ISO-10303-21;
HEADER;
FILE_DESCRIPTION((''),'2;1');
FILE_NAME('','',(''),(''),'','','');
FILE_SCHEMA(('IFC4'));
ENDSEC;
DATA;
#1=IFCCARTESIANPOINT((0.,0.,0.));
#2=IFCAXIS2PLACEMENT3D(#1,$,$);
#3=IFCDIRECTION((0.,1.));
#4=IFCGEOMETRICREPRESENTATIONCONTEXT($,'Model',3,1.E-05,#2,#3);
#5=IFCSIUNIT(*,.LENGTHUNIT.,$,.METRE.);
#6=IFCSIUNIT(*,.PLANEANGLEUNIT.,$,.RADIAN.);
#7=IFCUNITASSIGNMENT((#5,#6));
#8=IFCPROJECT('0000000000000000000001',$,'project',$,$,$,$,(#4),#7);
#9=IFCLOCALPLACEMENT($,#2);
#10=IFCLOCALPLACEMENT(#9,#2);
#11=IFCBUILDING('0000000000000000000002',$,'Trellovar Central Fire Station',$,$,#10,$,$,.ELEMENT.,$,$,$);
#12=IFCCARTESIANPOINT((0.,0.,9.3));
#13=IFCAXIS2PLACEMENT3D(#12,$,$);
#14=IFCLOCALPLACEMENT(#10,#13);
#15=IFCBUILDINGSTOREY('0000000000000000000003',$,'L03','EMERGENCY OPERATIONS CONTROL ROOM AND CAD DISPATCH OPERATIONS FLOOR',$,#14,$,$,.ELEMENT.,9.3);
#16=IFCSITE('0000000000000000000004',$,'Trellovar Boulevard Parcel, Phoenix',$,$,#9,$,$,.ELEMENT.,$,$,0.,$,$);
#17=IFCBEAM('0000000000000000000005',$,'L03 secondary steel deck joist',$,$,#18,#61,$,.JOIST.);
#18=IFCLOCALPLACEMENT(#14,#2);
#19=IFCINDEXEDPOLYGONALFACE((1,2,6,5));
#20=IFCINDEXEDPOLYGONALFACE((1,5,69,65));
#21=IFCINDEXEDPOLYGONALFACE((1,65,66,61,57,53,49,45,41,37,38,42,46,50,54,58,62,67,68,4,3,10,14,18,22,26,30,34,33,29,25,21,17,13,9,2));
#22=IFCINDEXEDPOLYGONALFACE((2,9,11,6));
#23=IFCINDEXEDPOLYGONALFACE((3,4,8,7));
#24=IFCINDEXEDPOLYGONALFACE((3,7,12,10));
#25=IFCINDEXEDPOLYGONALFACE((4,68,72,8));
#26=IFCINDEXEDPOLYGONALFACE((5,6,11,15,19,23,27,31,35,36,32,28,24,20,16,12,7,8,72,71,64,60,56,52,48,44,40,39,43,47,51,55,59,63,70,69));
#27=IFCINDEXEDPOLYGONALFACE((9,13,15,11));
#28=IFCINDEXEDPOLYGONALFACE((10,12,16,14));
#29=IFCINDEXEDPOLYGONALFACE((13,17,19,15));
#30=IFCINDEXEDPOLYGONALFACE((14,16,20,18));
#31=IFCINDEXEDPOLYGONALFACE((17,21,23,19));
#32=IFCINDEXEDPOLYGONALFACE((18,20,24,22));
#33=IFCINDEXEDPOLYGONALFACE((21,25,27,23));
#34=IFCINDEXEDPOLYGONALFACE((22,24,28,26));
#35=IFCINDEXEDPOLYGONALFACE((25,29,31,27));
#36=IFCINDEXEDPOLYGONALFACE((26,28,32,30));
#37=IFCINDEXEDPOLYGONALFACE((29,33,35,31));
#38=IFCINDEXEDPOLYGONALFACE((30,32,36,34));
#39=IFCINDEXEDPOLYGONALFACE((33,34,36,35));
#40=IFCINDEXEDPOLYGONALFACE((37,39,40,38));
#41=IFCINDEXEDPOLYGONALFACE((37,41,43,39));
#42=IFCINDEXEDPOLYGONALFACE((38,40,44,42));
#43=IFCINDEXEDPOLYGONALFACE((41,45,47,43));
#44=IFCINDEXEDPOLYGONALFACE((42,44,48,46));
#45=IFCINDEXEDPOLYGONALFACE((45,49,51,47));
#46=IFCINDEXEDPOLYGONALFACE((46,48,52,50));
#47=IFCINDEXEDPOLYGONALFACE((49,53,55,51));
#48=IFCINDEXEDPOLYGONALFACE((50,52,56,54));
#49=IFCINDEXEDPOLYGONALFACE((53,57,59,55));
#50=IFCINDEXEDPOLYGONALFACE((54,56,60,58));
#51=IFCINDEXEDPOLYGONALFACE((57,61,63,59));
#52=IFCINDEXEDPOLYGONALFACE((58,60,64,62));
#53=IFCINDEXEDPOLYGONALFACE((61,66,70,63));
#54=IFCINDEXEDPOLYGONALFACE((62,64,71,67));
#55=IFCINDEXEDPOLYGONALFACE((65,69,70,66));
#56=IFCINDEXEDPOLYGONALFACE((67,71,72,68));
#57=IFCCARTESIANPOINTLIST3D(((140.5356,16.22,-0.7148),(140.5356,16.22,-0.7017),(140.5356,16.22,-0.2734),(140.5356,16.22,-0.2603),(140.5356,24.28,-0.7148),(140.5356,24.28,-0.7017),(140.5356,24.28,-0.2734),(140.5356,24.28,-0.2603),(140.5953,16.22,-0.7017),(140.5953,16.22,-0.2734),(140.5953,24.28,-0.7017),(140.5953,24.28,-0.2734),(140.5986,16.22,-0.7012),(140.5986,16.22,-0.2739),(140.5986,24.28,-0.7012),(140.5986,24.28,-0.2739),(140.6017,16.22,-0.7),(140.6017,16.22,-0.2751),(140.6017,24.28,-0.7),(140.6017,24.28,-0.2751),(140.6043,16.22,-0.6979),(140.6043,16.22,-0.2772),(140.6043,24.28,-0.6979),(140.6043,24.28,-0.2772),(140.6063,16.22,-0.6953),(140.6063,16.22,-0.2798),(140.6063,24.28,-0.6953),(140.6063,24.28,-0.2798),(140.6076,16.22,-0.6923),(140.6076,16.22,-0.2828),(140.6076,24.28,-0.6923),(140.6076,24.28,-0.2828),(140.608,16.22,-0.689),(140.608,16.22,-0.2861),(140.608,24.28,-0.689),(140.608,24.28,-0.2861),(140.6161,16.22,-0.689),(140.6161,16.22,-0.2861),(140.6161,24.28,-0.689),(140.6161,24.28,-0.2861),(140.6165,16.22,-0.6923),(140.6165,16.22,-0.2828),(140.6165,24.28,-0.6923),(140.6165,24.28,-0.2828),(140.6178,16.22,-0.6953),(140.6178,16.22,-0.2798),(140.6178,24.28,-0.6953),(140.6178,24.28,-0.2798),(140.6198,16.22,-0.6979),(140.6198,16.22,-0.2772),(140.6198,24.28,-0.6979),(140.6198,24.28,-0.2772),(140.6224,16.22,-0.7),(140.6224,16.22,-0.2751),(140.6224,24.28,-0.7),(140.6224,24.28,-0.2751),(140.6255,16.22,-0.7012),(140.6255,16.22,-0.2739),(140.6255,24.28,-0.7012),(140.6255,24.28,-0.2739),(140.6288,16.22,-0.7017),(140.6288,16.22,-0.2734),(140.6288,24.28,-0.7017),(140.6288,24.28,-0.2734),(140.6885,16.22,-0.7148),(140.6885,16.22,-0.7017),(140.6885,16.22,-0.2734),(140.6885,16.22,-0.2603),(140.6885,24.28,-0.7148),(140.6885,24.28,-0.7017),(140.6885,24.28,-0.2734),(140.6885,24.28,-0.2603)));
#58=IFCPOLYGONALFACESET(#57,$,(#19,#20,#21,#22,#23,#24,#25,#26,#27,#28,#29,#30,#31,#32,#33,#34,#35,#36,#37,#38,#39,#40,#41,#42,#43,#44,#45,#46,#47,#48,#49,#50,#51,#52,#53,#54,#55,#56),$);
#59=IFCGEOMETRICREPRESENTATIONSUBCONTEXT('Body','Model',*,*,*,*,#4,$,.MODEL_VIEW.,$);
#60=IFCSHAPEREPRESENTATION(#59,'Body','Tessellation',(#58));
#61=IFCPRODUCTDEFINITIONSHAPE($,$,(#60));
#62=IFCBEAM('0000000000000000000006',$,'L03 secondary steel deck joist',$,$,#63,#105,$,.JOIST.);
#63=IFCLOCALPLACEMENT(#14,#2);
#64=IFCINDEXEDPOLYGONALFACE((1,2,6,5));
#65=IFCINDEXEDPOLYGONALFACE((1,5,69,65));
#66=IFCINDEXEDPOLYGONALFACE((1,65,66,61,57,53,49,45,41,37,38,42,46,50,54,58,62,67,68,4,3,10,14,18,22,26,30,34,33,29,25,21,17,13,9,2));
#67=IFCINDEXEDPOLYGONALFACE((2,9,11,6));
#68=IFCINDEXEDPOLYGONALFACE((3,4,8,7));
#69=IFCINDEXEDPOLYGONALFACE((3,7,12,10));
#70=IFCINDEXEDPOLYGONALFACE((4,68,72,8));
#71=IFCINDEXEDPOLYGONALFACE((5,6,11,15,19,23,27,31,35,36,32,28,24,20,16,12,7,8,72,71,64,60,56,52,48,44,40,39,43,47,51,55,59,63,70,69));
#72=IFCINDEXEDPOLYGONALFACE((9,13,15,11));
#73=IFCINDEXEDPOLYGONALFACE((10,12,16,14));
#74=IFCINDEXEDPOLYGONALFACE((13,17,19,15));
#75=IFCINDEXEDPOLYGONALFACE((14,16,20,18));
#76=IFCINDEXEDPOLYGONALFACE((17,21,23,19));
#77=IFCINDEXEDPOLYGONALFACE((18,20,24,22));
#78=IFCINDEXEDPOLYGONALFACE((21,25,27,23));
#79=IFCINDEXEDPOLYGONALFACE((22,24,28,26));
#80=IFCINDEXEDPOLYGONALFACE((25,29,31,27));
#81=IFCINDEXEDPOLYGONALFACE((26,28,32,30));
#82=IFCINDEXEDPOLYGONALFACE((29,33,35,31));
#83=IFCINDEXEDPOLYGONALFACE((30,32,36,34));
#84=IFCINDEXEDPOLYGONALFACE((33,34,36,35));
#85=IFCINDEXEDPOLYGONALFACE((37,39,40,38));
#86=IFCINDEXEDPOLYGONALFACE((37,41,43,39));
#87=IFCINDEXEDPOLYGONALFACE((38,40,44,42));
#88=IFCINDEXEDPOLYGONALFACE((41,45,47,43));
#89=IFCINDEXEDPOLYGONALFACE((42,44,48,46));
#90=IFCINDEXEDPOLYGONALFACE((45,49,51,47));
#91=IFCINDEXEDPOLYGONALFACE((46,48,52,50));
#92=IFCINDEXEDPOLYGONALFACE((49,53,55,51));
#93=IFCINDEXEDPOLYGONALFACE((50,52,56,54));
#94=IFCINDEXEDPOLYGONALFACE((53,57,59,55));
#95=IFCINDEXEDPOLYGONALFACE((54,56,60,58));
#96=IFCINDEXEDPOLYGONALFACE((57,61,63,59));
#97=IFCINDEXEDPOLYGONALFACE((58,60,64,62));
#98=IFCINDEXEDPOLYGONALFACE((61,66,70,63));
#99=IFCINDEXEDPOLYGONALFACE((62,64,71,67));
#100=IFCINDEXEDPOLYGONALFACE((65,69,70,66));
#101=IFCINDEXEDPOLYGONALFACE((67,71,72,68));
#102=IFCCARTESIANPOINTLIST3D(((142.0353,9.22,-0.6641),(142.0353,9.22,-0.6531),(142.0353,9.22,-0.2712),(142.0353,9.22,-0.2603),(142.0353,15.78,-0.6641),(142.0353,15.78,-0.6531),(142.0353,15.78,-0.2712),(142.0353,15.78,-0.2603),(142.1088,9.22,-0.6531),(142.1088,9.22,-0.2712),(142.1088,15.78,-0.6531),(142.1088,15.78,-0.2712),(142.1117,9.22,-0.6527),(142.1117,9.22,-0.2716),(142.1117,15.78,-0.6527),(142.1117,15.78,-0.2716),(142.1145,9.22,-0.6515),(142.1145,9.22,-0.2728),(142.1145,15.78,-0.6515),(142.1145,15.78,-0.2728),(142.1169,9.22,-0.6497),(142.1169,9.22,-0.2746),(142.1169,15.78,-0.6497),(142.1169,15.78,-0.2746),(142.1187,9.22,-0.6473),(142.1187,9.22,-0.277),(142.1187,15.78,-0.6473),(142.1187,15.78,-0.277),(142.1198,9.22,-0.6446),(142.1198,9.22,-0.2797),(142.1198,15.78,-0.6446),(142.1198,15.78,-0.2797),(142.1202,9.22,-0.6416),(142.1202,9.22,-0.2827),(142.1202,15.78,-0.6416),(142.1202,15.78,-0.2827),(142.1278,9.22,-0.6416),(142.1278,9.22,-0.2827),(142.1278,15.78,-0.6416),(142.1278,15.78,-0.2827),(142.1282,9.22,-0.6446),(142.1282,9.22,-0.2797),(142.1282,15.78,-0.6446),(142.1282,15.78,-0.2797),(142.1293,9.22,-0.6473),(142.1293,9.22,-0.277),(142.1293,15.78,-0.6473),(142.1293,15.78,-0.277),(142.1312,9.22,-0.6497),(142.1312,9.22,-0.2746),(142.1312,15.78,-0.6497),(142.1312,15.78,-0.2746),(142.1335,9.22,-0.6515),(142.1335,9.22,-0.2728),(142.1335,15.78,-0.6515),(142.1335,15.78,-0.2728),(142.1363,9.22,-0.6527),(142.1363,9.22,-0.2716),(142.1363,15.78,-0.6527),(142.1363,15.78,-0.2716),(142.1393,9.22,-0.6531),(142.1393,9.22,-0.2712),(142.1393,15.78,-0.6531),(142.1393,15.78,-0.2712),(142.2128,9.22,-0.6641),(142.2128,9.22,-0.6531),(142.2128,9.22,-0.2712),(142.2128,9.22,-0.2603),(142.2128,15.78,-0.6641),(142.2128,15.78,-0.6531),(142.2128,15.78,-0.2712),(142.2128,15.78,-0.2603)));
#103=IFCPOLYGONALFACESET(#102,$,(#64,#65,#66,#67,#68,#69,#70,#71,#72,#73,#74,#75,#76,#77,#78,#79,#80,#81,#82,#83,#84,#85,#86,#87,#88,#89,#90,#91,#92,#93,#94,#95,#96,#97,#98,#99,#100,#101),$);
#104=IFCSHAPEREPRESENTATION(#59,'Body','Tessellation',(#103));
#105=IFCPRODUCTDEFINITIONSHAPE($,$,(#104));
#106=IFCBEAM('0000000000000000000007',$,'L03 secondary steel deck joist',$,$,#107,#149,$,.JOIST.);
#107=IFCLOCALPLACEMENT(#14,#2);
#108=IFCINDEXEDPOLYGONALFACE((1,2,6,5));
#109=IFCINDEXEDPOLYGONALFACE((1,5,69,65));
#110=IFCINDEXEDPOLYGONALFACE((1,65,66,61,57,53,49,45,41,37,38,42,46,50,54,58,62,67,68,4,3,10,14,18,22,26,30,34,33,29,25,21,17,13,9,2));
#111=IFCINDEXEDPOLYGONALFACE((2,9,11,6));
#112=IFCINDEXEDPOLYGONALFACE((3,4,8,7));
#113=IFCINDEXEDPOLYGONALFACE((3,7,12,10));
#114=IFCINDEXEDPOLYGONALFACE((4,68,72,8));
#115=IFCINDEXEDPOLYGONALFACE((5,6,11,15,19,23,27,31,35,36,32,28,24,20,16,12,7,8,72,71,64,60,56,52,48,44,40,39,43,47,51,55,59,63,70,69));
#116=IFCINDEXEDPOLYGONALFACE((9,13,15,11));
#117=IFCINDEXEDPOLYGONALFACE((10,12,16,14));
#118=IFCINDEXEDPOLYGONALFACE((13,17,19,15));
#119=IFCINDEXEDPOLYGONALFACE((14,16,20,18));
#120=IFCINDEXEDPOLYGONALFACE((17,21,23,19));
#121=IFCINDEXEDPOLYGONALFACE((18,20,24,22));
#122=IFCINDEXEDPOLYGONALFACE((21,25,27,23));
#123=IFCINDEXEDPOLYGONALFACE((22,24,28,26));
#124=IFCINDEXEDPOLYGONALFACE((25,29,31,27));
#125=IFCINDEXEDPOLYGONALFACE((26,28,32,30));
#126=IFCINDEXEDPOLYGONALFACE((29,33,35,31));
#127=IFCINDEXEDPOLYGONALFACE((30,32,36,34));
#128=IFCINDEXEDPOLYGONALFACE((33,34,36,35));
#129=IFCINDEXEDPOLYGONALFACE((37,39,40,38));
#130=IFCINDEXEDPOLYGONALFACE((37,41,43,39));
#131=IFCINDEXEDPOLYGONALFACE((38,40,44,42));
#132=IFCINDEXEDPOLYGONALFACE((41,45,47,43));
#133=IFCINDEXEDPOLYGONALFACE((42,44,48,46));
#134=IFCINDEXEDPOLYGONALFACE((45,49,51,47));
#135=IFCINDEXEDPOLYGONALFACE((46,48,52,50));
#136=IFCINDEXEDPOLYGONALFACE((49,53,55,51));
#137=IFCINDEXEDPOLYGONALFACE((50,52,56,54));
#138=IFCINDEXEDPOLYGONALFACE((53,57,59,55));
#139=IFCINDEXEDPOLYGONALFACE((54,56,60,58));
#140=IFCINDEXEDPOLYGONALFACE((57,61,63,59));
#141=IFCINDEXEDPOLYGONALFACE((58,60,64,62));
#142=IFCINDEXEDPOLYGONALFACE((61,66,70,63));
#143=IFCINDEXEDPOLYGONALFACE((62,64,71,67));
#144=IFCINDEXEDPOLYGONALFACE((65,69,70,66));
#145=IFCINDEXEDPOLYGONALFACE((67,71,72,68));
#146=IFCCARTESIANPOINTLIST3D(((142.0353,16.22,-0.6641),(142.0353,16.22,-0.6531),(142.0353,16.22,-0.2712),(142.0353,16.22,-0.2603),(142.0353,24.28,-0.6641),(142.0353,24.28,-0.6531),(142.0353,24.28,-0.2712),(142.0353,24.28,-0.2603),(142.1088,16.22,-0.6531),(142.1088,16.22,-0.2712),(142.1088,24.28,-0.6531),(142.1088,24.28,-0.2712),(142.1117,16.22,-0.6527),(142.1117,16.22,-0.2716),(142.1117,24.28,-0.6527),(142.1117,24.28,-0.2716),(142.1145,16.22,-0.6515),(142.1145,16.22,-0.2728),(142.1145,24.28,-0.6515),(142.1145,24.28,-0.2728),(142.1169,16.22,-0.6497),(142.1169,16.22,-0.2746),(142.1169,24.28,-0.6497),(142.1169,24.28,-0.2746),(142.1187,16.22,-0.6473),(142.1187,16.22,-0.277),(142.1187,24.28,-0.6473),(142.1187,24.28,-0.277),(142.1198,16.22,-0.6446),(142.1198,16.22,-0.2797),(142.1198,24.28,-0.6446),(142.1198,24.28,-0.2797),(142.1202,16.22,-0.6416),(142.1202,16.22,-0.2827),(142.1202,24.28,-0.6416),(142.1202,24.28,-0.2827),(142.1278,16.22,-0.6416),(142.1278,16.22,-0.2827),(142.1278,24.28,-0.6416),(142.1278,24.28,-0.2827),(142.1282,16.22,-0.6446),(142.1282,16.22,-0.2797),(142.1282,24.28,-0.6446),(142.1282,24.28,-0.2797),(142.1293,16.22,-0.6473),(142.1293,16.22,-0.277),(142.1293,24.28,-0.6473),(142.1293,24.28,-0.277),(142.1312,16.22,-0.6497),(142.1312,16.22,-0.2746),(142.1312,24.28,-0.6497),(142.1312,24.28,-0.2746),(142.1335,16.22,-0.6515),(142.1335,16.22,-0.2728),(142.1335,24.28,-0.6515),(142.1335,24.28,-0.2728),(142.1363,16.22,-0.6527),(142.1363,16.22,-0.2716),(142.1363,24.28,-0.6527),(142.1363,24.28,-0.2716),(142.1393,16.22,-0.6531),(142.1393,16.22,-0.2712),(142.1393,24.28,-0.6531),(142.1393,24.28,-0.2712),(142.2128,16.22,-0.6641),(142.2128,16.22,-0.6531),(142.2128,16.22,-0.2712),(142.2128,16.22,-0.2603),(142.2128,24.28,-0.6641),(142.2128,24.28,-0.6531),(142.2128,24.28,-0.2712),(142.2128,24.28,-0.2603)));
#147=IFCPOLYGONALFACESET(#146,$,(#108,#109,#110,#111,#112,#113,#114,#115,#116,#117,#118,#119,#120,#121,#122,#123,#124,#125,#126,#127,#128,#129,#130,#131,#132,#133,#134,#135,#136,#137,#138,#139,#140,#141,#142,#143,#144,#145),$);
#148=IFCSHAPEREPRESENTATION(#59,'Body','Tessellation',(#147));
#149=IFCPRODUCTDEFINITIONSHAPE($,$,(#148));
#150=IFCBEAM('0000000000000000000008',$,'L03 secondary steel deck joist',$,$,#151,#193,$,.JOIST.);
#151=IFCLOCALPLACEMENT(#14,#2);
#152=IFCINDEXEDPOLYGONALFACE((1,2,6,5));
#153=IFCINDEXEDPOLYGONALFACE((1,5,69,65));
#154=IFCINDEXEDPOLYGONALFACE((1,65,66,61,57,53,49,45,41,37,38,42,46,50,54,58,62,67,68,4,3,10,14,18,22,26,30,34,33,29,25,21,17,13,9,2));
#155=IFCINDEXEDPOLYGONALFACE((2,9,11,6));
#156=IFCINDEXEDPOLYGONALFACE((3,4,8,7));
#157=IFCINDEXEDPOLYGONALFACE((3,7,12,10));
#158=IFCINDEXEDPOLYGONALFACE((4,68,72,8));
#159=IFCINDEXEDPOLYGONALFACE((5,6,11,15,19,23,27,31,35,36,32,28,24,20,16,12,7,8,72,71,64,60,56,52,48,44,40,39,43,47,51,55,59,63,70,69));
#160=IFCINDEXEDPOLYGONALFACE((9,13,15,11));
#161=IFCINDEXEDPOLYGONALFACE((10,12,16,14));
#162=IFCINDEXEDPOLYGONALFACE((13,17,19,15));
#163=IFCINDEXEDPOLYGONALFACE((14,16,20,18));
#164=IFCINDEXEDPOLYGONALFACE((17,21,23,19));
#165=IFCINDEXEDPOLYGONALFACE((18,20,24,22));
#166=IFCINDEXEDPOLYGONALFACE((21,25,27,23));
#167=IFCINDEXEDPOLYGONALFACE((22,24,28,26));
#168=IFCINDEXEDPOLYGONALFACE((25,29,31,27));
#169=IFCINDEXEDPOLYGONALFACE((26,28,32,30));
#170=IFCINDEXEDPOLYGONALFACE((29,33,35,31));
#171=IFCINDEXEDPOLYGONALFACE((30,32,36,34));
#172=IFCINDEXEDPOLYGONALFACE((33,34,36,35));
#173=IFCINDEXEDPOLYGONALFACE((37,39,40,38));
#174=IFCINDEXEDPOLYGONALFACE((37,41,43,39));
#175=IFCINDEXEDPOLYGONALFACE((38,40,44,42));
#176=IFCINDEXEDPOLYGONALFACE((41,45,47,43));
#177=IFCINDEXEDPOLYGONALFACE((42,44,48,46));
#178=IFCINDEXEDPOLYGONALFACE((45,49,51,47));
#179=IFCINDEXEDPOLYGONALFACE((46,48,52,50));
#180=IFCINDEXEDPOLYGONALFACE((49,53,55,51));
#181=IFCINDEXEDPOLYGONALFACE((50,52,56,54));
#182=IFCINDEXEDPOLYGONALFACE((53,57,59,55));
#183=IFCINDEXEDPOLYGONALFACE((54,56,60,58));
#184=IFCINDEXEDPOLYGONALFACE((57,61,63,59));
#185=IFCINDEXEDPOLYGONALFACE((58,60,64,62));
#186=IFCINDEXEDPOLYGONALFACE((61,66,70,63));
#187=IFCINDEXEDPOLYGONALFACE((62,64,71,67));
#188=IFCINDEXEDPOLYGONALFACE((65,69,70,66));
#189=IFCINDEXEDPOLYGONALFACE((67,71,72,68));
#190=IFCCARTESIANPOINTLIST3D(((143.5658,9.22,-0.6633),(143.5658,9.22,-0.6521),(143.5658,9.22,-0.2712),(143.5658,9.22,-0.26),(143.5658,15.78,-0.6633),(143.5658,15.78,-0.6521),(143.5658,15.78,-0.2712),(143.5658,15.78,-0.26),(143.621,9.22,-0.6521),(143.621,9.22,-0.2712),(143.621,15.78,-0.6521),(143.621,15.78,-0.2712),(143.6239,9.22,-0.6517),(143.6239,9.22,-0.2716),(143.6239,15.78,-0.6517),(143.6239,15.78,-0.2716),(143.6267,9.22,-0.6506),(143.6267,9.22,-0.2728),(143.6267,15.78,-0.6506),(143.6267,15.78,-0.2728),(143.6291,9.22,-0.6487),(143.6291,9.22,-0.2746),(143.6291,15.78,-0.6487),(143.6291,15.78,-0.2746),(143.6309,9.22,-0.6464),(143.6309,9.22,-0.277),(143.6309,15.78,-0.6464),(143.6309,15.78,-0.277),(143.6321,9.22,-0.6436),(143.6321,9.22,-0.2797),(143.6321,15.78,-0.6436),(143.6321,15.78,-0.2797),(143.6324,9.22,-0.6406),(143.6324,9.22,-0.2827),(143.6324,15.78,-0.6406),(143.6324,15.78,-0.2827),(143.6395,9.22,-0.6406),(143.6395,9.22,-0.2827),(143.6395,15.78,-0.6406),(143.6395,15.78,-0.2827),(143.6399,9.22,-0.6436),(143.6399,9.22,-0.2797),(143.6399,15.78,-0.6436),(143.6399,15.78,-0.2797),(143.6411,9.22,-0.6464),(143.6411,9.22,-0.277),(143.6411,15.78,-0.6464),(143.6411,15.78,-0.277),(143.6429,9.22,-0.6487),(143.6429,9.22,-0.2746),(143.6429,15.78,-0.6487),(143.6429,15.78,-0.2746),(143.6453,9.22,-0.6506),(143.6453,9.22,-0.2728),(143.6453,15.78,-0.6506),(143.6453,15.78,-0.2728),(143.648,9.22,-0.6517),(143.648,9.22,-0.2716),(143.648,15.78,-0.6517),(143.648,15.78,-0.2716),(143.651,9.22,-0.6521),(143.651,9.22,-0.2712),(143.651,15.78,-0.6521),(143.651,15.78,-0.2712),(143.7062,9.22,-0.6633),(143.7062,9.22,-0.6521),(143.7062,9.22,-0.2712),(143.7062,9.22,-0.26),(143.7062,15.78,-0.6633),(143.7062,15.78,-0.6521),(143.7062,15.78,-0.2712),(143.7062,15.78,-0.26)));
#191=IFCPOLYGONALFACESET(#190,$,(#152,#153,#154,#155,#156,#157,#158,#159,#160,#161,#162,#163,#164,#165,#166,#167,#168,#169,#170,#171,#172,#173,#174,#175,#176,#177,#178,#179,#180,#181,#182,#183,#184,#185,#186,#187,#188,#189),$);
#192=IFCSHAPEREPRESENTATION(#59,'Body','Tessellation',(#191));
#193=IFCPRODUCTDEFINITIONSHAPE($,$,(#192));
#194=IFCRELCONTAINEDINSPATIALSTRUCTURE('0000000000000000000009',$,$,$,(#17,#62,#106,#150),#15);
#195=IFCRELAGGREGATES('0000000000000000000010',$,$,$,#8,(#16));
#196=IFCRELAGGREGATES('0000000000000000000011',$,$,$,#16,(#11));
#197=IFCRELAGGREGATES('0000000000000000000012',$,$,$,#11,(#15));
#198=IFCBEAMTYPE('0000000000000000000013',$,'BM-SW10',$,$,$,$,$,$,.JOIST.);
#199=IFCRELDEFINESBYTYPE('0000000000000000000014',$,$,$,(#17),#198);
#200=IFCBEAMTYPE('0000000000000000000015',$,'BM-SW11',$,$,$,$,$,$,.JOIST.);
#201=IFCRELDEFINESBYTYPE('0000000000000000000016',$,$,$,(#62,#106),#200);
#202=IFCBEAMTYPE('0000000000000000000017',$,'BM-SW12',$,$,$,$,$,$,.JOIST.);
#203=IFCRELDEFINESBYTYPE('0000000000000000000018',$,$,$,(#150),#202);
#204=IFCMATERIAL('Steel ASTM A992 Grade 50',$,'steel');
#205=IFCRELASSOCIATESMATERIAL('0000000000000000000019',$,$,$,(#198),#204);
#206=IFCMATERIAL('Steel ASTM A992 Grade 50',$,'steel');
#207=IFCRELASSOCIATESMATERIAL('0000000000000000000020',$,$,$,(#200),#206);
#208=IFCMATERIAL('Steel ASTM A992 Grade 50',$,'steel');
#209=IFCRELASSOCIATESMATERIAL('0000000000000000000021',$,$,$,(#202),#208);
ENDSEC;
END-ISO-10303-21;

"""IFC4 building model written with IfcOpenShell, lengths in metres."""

from ifc_helpers import new_model, si_unit, direction, frame, origin, origin_2d, place, context, subcontext, project, spatial, i_section, extrude, material, material_profile, profile_set, type_object, element, save


model = new_model("IFC4")

# Units and contexts
model_context = context("Model", 3, precision=1e-05, world=origin(), true_north=direction((0.0, 1.0)))
body_context = subcontext(model_context, "Body", "Model", "MODEL_VIEW")
ifc_project = project(units=[si_unit("LENGTHUNIT", "METRE"), si_unit("PLANEANGLEUNIT", "RADIAN")], contexts=[model_context])

# Site, building, storey
site_placement = place(None, origin())
site = spatial("IfcSite", under=ifc_project, at=site_placement, Name="Trellovar Boulevard Parcel, Phoenix", CompositionType="ELEMENT", RefElevation=0.0)
building_placement = place(site_placement, origin())
building = spatial("IfcBuilding", under=site, at=building_placement, Name="Trellovar Central Fire Station", CompositionType="ELEMENT")
storey_placement = place(building_placement, frame((0.0, 0.0, 9.3)))
storey = spatial("IfcBuildingStorey", under=building, at=storey_placement, Name="L03", Description="EMERGENCY OPERATIONS CONTROL ROOM AND CAD DISPATCH OPERATIONS FLOOR", CompositionType="ELEMENT", Elevation=9.3)

# Beams
ifc_material_1 = material(Name="Steel ASTM A992 Grade 50", Category="steel")
ifc_material_profile_1 = material_profile(ifc_material_1, i_section(OverallWidth=0.1528, OverallDepth=0.4546, WebThickness=0.0081, FlangeThickness=0.0132, FilletRadius=0.0127, at=origin_2d()), Name="W18X40")
ifc_profile_set_1 = profile_set([ifc_material_profile_1], Name="Steel ASTM A992 Grade 50")
beam_type_1 = type_object("IfcBeamType", Name="BM-SW10", PredefinedType="JOIST", material=ifc_profile_set_1)
beam_1_placement = place(storey_placement, frame((140.6121, 16.22, -0.4875), z_axis=(0.0, 1.0, 0.0), x_axis=(-1.0, 0.0, 0.0)))
element("IfcBeam", 1, at=beam_1_placement, inside=storey, type_object=beam_type_1, Name="L03 secondary steel deck joist", PredefinedType="JOIST", context=body_context, shape_type="SweptSolid", body=[
    extrude(i_section(OverallWidth=0.1528, OverallDepth=0.4546, WebThickness=0.0081, FlangeThickness=0.0132, FilletRadius=0.0127, at=origin_2d()), origin(), (0.0, 0.0, 1.0), 8.0601),
])
ifc_material_2 = material(Name="Steel ASTM A992 Grade 50", Category="steel")
ifc_material_profile_2 = material_profile(ifc_material_2, i_section(OverallWidth=0.1775, OverallDepth=0.4038, WebThickness=0.0076, FlangeThickness=0.011, FilletRadius=0.0115, at=origin_2d()), Name="W16X36")
ifc_profile_set_2 = profile_set([ifc_material_profile_2], Name="Steel ASTM A992 Grade 50")
beam_type_2 = type_object("IfcBeamType", Name="BM-SW11", PredefinedType="JOIST", material=ifc_profile_set_2)
beam_2_placement = place(storey_placement, frame((142.124, 9.22, -0.4622), z_axis=(0.0, 1.0, 0.0), x_axis=(-1.0, 0.0, 0.0)))
element("IfcBeam", 2, at=beam_2_placement, inside=storey, type_object=beam_type_2, Name="L03 secondary steel deck joist", PredefinedType="JOIST", context=body_context, shape_type="SweptSolid", body=[
    extrude(i_section(OverallWidth=0.1775, OverallDepth=0.4038, WebThickness=0.0076, FlangeThickness=0.011, FilletRadius=0.0115, at=origin_2d()), origin(), (0.0, 0.0, 1.0), 6.5601),
])
beam_3_placement = place(storey_placement, frame((142.124, 16.22, -0.4622), z_axis=(0.0, 1.0, 0.0), x_axis=(-1.0, 0.0, 0.0)))
element("IfcBeam", 3, at=beam_3_placement, inside=storey, type_object=beam_type_2, Name="L03 secondary steel deck joist", PredefinedType="JOIST", context=body_context, shape_type="SweptSolid", body=[
    extrude(i_section(OverallWidth=0.1775, OverallDepth=0.4038, WebThickness=0.0076, FlangeThickness=0.011, FilletRadius=0.0115, at=origin_2d()), origin(), (0.0, 0.0, 1.0), 8.0601),
])
ifc_material_3 = material(Name="Steel ASTM A992 Grade 50", Category="steel")
ifc_material_profile_3 = material_profile(ifc_material_3, i_section(OverallWidth=0.1404, OverallDepth=0.4033, WebThickness=0.0071, FlangeThickness=0.0112, FilletRadius=0.0115, at=origin_2d()), Name="W16X31")
ifc_profile_set_3 = profile_set([ifc_material_profile_3], Name="Steel ASTM A992 Grade 50")
beam_type_3 = type_object("IfcBeamType", Name="BM-SW12", PredefinedType="JOIST", material=ifc_profile_set_3)
beam_4_placement = place(storey_placement, frame((143.636, 9.22, -0.4617), z_axis=(0.0, 1.0, 0.0), x_axis=(-1.0, 0.0, 0.0)))
element("IfcBeam", 4, at=beam_4_placement, inside=storey, type_object=beam_type_3, Name="L03 secondary steel deck joist", PredefinedType="JOIST", context=body_context, shape_type="SweptSolid", body=[
    extrude(i_section(OverallWidth=0.1404, OverallDepth=0.4033, WebThickness=0.0071, FlangeThickness=0.0112, FilletRadius=0.0115, at=origin_2d()), origin(), (0.0, 0.0, 1.0), 6.5601),
])

save(model, "model.ifc")
